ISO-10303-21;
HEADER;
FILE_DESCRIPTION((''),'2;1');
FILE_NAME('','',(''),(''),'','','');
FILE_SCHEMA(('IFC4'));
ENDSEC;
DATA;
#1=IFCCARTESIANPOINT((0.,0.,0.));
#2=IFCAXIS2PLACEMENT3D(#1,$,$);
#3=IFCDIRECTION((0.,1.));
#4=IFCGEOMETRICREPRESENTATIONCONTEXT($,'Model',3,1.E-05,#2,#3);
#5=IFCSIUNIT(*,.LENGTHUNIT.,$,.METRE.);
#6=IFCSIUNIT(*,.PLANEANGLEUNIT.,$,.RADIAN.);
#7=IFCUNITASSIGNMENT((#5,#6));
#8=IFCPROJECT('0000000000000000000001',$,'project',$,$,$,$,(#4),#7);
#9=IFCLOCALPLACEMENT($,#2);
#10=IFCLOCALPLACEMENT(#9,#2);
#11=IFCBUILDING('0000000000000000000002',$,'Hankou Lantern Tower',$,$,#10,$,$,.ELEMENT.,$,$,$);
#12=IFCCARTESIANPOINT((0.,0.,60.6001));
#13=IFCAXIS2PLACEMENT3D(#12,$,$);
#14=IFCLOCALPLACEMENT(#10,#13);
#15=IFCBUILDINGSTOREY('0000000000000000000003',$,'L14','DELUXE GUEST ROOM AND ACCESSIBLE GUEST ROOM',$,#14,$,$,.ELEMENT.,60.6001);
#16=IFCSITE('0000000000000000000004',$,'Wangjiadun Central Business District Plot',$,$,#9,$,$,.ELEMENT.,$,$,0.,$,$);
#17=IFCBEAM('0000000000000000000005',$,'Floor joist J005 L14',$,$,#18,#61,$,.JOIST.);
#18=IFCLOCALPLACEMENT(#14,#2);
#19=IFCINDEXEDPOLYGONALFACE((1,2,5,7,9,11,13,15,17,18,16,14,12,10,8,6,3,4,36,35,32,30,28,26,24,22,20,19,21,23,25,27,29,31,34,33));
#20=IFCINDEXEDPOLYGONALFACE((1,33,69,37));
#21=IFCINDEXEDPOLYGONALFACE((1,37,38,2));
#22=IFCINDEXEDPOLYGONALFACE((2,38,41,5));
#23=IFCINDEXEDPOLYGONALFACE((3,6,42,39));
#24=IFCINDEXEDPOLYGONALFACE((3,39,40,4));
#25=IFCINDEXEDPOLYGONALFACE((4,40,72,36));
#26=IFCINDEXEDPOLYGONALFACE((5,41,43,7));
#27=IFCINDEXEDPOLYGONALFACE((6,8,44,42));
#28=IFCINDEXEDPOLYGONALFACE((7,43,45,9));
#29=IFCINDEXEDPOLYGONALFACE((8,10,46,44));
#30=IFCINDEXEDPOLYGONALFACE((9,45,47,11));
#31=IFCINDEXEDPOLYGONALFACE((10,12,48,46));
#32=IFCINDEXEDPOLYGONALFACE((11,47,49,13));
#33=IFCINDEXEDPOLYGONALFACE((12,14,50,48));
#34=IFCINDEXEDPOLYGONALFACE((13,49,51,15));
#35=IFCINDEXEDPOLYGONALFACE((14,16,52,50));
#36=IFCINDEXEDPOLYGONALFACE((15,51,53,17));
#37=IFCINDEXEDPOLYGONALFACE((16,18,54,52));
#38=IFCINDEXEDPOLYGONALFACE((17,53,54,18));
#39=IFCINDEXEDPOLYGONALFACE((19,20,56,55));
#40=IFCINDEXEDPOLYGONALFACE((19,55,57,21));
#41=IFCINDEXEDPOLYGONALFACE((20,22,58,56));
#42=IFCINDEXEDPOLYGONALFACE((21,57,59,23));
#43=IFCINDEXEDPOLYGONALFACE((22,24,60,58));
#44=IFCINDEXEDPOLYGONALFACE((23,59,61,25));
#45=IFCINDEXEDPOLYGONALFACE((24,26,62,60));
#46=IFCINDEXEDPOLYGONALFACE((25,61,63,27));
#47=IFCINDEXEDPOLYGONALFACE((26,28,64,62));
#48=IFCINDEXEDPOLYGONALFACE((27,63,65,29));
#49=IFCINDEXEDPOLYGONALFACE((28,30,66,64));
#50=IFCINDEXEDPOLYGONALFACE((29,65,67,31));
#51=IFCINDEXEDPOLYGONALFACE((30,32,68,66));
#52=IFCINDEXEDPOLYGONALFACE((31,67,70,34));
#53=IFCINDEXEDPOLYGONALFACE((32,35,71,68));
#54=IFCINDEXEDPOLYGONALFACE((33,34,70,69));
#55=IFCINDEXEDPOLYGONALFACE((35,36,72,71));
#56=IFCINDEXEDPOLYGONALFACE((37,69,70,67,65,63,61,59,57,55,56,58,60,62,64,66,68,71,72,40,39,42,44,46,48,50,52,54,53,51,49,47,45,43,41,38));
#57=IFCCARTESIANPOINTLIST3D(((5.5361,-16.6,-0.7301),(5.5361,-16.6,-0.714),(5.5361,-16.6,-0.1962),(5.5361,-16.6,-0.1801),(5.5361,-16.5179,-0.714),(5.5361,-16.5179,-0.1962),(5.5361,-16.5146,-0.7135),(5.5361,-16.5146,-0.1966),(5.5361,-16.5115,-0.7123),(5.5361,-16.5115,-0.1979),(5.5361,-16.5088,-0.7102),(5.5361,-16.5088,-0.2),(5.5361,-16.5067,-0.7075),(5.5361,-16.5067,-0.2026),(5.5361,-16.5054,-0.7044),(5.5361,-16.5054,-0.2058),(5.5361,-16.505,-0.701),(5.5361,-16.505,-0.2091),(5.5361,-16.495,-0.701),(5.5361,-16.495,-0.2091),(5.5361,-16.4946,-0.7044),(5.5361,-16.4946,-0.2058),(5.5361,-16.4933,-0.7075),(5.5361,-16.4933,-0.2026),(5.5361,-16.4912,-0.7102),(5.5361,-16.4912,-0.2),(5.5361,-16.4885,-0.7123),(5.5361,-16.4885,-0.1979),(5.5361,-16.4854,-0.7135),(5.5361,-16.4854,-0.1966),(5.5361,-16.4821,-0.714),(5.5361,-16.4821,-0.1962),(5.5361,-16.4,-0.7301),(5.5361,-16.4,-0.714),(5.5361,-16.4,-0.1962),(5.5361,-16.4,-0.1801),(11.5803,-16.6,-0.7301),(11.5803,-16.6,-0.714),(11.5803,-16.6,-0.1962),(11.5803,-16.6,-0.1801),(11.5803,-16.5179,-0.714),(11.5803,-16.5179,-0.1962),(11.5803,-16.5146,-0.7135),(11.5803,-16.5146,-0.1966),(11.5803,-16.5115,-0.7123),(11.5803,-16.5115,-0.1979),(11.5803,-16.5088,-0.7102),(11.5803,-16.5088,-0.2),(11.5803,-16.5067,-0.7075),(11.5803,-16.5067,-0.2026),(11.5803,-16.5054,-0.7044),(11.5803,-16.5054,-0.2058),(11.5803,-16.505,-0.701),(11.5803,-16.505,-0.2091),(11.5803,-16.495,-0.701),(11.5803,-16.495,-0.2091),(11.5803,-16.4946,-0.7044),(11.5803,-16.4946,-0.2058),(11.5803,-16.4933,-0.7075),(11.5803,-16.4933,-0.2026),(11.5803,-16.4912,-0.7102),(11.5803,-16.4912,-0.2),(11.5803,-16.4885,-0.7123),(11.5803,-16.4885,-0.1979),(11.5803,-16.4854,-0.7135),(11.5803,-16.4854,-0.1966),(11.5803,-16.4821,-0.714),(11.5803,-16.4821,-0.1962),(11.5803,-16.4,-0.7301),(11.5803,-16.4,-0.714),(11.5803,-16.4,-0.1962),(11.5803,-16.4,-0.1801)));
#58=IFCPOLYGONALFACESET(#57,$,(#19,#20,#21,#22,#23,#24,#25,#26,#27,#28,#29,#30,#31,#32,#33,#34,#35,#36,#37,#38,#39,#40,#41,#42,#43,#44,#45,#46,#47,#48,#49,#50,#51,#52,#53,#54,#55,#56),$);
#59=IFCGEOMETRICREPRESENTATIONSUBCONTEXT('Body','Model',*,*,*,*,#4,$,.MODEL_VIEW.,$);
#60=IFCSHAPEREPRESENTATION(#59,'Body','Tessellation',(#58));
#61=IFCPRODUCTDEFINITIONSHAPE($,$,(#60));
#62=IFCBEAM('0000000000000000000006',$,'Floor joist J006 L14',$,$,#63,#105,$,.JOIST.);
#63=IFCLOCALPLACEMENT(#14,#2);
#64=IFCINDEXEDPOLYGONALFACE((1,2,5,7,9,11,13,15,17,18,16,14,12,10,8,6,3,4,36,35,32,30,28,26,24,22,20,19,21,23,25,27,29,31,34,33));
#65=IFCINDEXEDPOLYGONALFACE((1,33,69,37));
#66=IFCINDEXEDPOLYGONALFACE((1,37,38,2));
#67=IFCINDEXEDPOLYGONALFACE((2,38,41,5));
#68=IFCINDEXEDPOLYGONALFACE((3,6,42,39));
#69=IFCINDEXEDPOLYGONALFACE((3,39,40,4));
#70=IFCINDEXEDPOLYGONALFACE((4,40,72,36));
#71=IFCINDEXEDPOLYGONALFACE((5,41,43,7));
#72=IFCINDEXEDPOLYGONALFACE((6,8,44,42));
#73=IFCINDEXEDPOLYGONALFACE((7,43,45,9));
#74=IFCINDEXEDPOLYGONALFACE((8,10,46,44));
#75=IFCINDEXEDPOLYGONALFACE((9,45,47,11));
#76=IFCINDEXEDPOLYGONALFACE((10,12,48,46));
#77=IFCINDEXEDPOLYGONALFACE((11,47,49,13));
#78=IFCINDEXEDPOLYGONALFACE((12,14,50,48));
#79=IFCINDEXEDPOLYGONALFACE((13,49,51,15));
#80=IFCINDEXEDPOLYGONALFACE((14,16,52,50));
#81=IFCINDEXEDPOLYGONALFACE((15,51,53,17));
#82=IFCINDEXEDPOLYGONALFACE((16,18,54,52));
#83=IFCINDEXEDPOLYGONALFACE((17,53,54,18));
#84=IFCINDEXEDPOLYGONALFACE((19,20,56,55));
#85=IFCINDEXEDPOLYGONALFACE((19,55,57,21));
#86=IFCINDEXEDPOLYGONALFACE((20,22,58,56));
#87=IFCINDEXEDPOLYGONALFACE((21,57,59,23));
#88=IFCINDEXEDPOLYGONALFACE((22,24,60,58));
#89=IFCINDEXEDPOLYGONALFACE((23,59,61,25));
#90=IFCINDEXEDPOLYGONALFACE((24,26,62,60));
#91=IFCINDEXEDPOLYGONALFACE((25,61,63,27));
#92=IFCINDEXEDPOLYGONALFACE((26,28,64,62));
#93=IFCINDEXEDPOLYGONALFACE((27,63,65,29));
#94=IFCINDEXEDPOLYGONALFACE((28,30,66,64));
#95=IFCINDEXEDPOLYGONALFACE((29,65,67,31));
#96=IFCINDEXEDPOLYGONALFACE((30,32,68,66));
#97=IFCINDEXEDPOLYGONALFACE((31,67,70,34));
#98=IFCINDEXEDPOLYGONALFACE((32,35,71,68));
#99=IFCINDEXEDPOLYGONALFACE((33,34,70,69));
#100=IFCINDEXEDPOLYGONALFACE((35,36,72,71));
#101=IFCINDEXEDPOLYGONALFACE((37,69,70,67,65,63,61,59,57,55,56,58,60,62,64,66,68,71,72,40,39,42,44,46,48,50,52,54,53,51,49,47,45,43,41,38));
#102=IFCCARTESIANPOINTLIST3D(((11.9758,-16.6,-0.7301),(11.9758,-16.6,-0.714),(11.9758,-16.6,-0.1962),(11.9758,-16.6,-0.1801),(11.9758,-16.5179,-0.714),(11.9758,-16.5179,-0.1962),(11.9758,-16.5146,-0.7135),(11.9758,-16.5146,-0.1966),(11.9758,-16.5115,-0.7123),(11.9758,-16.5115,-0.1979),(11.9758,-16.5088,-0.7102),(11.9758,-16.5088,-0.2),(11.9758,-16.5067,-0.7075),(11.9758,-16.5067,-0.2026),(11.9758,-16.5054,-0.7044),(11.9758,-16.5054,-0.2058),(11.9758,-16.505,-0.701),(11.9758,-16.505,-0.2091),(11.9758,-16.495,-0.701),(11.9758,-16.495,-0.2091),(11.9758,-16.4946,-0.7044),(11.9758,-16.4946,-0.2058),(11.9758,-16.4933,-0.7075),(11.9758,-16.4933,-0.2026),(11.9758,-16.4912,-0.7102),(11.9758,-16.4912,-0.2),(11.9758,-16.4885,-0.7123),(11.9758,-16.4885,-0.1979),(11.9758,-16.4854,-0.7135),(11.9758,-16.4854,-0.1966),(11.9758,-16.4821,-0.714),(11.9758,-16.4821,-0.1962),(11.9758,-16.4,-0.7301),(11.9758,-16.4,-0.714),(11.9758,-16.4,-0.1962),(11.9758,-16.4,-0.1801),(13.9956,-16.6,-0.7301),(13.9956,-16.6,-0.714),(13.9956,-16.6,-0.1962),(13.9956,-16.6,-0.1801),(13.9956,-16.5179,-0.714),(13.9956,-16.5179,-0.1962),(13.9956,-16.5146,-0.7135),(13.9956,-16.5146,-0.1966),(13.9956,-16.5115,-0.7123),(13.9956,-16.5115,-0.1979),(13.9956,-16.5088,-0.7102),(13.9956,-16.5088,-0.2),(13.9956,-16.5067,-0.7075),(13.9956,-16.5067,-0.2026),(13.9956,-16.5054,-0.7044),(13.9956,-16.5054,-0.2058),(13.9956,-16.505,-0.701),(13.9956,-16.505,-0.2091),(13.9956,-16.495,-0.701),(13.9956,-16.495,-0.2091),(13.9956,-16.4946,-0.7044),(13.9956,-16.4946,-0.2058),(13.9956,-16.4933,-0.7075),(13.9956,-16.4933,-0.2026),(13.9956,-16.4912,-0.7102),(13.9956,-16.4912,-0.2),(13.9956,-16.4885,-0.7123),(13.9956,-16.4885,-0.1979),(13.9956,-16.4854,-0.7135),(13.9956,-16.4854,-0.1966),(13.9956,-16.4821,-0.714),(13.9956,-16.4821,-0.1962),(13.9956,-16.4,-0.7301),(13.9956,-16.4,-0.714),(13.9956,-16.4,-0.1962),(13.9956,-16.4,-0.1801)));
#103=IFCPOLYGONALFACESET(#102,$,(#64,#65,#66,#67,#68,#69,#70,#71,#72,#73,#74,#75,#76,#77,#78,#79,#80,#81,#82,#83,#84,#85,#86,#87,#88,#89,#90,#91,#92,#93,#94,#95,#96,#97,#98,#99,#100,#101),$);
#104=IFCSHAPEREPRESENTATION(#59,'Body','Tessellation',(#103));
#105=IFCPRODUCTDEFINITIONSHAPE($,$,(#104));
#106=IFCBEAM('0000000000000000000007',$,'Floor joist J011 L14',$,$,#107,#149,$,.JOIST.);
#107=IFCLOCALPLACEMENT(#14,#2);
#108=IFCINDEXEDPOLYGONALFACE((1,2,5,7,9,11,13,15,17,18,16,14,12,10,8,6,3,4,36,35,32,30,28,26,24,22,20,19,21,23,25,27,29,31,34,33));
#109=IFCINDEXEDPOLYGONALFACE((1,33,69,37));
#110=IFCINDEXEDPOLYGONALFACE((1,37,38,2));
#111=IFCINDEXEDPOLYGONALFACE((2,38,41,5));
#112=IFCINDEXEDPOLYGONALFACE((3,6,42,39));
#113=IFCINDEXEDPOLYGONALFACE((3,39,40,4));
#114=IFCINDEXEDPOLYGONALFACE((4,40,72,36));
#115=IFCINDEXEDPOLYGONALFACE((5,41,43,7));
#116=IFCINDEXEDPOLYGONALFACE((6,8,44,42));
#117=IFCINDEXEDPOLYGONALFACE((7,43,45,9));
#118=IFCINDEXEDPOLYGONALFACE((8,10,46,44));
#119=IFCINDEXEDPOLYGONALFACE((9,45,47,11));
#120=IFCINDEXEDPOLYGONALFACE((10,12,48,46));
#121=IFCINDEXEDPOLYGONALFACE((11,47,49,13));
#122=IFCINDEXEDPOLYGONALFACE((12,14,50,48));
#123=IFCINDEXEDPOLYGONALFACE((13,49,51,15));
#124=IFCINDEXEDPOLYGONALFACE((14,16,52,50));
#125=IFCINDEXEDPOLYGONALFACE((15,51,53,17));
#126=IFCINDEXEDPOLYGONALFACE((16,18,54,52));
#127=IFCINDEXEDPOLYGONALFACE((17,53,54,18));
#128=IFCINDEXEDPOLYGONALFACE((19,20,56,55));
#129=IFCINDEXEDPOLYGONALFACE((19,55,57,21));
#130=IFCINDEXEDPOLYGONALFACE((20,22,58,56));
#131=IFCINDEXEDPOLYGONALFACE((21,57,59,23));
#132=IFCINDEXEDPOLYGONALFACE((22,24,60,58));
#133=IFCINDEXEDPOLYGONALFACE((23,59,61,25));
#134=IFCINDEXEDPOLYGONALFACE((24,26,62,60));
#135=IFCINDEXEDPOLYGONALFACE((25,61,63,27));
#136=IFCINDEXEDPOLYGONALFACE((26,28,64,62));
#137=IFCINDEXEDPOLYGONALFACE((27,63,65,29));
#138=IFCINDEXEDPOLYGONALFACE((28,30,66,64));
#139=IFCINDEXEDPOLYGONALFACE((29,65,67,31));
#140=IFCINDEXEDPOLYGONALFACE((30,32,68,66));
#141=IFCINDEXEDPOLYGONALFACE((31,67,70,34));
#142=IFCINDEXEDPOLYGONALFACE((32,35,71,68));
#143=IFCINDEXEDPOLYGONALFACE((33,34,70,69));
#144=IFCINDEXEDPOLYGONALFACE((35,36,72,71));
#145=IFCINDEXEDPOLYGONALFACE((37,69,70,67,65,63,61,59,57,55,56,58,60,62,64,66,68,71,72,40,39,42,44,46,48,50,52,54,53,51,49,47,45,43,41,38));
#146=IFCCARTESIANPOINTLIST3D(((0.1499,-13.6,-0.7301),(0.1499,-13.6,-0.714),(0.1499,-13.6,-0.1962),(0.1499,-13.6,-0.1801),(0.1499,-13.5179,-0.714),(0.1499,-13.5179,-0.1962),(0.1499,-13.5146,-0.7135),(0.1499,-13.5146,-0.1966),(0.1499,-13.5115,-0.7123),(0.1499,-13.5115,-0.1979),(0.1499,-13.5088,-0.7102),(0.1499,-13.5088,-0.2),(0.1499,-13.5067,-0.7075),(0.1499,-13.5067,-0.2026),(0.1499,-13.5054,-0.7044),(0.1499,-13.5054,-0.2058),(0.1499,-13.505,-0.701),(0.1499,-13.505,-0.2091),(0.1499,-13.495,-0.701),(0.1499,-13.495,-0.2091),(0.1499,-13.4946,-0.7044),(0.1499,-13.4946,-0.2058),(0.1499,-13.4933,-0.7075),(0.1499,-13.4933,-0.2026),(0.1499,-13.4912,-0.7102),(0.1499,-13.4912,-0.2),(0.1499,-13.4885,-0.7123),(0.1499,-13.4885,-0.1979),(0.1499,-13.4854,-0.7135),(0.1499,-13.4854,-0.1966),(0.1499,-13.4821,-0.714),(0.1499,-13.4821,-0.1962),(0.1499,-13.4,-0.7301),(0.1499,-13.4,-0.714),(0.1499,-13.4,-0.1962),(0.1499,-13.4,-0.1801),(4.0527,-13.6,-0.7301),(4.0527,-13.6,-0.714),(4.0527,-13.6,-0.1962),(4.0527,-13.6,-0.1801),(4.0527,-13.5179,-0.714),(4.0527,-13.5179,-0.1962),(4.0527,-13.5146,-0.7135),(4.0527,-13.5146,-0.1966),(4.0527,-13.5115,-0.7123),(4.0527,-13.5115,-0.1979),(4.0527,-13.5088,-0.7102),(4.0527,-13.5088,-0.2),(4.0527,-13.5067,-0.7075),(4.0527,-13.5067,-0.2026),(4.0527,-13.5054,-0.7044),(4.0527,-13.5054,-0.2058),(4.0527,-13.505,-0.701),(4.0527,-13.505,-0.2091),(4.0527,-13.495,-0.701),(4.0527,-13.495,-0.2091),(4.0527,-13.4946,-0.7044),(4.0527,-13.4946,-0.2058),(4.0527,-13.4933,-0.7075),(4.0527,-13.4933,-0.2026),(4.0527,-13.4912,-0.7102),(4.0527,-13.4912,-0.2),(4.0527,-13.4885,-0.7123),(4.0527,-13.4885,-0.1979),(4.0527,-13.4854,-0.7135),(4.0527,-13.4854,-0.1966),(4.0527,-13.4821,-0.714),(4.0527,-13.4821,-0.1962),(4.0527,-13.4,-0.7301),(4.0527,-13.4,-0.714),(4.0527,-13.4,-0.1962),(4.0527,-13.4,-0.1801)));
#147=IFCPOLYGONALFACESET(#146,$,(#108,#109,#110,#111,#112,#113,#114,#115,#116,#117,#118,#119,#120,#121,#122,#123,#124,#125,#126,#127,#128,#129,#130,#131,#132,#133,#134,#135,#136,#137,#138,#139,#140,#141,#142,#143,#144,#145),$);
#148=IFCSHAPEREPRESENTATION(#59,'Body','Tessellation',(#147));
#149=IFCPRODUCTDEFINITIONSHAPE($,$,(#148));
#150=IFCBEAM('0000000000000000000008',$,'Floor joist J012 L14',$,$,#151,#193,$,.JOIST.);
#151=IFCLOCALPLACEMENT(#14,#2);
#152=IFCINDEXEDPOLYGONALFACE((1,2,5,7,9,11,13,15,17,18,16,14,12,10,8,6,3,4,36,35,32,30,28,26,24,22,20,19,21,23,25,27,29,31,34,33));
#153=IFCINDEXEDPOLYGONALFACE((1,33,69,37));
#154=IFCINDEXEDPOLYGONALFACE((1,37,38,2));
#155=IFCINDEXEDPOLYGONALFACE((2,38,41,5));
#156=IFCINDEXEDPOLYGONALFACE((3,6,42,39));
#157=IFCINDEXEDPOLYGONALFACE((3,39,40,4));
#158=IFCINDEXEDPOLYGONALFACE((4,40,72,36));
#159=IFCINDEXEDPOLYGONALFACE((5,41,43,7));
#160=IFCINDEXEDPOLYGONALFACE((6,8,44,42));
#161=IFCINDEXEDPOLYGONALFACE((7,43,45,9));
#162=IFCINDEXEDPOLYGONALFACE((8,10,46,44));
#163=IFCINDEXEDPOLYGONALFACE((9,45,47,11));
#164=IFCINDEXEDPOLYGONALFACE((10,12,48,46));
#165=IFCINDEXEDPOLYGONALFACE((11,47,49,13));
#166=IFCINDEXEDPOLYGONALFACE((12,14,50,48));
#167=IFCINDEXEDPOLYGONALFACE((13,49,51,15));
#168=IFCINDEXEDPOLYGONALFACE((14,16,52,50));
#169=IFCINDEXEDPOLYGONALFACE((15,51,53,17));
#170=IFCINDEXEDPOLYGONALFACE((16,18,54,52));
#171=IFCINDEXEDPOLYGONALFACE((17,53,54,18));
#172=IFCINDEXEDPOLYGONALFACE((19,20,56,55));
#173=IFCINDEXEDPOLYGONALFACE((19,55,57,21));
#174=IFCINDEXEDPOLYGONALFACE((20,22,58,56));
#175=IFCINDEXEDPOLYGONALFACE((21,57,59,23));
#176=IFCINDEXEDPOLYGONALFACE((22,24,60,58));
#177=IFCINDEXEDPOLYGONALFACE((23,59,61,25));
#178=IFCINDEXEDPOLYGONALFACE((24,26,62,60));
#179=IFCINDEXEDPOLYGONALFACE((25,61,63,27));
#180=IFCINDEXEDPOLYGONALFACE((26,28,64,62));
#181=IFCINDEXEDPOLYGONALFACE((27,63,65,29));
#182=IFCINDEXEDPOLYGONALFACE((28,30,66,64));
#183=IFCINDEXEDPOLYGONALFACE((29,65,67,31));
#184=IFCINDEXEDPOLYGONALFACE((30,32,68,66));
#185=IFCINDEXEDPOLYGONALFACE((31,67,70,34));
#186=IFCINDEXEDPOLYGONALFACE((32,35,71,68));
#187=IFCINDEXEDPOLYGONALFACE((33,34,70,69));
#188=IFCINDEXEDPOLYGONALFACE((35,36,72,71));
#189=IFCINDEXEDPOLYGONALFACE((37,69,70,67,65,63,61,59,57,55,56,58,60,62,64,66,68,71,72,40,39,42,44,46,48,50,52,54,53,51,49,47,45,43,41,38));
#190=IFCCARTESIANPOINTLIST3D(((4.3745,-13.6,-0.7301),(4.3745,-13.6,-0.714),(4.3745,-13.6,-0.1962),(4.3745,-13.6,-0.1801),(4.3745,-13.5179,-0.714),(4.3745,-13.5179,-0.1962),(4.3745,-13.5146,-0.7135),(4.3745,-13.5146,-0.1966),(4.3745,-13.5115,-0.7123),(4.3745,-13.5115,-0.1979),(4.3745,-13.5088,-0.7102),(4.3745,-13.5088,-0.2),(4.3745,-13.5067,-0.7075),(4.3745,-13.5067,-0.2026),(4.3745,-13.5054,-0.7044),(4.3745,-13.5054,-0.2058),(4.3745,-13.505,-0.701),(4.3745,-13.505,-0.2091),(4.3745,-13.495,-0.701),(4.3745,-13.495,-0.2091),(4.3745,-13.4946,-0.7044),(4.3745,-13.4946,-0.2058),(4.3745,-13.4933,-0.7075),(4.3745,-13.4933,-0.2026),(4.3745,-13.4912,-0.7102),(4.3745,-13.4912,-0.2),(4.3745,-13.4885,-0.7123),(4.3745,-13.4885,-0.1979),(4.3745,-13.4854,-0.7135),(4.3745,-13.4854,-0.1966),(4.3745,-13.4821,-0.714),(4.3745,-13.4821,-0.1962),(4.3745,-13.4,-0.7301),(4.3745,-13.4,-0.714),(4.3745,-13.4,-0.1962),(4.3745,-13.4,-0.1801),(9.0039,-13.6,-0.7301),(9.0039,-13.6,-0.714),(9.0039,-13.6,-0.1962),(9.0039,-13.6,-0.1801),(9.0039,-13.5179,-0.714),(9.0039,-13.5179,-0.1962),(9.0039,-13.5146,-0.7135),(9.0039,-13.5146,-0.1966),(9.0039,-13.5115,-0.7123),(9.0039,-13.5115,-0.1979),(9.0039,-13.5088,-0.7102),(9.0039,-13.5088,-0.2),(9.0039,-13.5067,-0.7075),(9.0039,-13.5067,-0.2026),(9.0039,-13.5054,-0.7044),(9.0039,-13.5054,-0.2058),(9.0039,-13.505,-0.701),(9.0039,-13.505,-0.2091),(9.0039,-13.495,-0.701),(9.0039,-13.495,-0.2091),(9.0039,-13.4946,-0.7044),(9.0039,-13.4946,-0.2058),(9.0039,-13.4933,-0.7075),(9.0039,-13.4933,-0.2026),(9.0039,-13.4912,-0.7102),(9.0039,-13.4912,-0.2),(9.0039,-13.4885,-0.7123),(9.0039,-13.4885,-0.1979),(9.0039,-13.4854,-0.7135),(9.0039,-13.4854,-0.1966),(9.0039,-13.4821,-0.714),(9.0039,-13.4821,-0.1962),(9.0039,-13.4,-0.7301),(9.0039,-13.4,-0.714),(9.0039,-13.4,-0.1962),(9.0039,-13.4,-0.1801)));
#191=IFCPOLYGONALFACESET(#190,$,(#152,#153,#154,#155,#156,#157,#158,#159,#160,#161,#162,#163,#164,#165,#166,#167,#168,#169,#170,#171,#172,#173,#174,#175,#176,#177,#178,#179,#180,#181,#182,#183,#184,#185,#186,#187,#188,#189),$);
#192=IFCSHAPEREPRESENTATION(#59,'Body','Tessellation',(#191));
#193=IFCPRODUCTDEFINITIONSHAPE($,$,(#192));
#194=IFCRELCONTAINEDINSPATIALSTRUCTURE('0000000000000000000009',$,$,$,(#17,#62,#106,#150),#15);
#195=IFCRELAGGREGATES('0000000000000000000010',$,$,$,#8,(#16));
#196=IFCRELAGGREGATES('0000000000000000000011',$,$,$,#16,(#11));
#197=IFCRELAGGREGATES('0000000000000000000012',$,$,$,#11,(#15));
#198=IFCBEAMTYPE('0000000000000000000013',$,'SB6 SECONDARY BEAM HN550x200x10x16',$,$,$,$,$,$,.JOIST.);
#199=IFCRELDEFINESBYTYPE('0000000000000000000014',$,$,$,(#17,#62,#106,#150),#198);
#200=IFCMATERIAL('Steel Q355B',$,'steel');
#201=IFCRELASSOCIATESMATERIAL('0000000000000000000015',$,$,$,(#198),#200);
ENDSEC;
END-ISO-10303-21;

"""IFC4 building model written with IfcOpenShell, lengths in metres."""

from ifc_helpers import new_model, si_unit, direction, frame, origin, origin_2d, place, context, subcontext, project, spatial, i_section, extrude, material, material_profile, profile_set, type_object, element, save


model = new_model("IFC4")

# Units and contexts
model_context = context("Model", 3, precision=1e-05, world=origin(), true_north=direction((0.0, 1.0)))
body_context = subcontext(model_context, "Body", "Model", "MODEL_VIEW")
ifc_project = project(units=[si_unit("LENGTHUNIT", "METRE"), si_unit("PLANEANGLEUNIT", "RADIAN")], contexts=[model_context])

# Site, building, storey
site_placement = place(None, origin())
site = spatial("IfcSite", under=ifc_project, at=site_placement, Name="Wangjiadun Central Business District Plot", CompositionType="ELEMENT", RefElevation=0.0)
building_placement = place(site_placement, origin())
building = spatial("IfcBuilding", under=site, at=building_placement, Name="Hankou Lantern Tower", CompositionType="ELEMENT")
storey_placement = place(building_placement, frame((0.0, 0.0, 60.6001)))
storey = spatial("IfcBuildingStorey", under=building, at=storey_placement, Name="L14", Description="DELUXE GUEST ROOM AND ACCESSIBLE GUEST ROOM", CompositionType="ELEMENT", Elevation=60.6001)

# Beams
ifc_material_1 = material(Name="Steel Q355B", Category="steel")
ifc_material_profile_1 = material_profile(ifc_material_1, i_section(OverallWidth=0.2, OverallDepth=0.55, WebThickness=0.01, FlangeThickness=0.0161, FilletRadius=0.0129, at=origin_2d()), Name="HN550x200x10x16")
ifc_profile_set_1 = profile_set([ifc_material_profile_1], Name="Steel Q355B")
beam_type_1 = type_object("IfcBeamType", Name="SB6 SECONDARY BEAM HN550x200x10x16", PredefinedType="JOIST", material=ifc_profile_set_1)
beam_1_placement = place(storey_placement, frame((5.5361, -16.5, -0.4551), z_axis=(1.0, 0.0, 0.0), x_axis=(0.0, 1.0, 0.0)))
element("IfcBeam", 1, at=beam_1_placement, inside=storey, type_object=beam_type_1, Name="Floor joist J005 L14", PredefinedType="JOIST", context=body_context, shape_type="SweptSolid", body=[
    extrude(i_section(OverallWidth=0.2, OverallDepth=0.55, WebThickness=0.01, FlangeThickness=0.0161, FilletRadius=0.0129, at=origin_2d()), origin(), (0.0, 0.0, 1.0), 6.0442),
])
beam_2_placement = place(storey_placement, frame((11.9758, -16.5, -0.4551), z_axis=(1.0, 0.0, 0.0), x_axis=(0.0, 1.0, 0.0)))
element("IfcBeam", 2, at=beam_2_placement, inside=storey, type_object=beam_type_1, Name="Floor joist J006 L14", PredefinedType="JOIST", context=body_context, shape_type="SweptSolid", body=[
    extrude(i_section(OverallWidth=0.2, OverallDepth=0.55, WebThickness=0.01, FlangeThickness=0.0161, FilletRadius=0.0129, at=origin_2d()), origin(), (0.0, 0.0, 1.0), 2.0198),
])
beam_3_placement = place(storey_placement, frame((0.1499, -13.5, -0.4551), z_axis=(1.0, 0.0, 0.0), x_axis=(0.0, 1.0, 0.0)))
element("IfcBeam", 3, at=beam_3_placement, inside=storey, type_object=beam_type_1, Name="Floor joist J011 L14", PredefinedType="JOIST", context=body_context, shape_type="SweptSolid", body=[
    extrude(i_section(OverallWidth=0.2, OverallDepth=0.55, WebThickness=0.01, FlangeThickness=0.0161, FilletRadius=0.0129, at=origin_2d()), origin(), (0.0, 0.0, 1.0), 3.9028),
])
beam_4_placement = place(storey_placement, frame((4.3745, -13.5, -0.4551), z_axis=(1.0, 0.0, 0.0), x_axis=(0.0, 1.0, 0.0)))
element("IfcBeam", 4, at=beam_4_placement, inside=storey, type_object=beam_type_1, Name="Floor joist J012 L14", PredefinedType="JOIST", context=body_context, shape_type="SweptSolid", body=[
    extrude(i_section(OverallWidth=0.2, OverallDepth=0.55, WebThickness=0.01, FlangeThickness=0.0161, FilletRadius=0.0129, at=origin_2d()), origin(), (0.0, 0.0, 1.0), 4.6294),
])

save(model, "model.ifc")
